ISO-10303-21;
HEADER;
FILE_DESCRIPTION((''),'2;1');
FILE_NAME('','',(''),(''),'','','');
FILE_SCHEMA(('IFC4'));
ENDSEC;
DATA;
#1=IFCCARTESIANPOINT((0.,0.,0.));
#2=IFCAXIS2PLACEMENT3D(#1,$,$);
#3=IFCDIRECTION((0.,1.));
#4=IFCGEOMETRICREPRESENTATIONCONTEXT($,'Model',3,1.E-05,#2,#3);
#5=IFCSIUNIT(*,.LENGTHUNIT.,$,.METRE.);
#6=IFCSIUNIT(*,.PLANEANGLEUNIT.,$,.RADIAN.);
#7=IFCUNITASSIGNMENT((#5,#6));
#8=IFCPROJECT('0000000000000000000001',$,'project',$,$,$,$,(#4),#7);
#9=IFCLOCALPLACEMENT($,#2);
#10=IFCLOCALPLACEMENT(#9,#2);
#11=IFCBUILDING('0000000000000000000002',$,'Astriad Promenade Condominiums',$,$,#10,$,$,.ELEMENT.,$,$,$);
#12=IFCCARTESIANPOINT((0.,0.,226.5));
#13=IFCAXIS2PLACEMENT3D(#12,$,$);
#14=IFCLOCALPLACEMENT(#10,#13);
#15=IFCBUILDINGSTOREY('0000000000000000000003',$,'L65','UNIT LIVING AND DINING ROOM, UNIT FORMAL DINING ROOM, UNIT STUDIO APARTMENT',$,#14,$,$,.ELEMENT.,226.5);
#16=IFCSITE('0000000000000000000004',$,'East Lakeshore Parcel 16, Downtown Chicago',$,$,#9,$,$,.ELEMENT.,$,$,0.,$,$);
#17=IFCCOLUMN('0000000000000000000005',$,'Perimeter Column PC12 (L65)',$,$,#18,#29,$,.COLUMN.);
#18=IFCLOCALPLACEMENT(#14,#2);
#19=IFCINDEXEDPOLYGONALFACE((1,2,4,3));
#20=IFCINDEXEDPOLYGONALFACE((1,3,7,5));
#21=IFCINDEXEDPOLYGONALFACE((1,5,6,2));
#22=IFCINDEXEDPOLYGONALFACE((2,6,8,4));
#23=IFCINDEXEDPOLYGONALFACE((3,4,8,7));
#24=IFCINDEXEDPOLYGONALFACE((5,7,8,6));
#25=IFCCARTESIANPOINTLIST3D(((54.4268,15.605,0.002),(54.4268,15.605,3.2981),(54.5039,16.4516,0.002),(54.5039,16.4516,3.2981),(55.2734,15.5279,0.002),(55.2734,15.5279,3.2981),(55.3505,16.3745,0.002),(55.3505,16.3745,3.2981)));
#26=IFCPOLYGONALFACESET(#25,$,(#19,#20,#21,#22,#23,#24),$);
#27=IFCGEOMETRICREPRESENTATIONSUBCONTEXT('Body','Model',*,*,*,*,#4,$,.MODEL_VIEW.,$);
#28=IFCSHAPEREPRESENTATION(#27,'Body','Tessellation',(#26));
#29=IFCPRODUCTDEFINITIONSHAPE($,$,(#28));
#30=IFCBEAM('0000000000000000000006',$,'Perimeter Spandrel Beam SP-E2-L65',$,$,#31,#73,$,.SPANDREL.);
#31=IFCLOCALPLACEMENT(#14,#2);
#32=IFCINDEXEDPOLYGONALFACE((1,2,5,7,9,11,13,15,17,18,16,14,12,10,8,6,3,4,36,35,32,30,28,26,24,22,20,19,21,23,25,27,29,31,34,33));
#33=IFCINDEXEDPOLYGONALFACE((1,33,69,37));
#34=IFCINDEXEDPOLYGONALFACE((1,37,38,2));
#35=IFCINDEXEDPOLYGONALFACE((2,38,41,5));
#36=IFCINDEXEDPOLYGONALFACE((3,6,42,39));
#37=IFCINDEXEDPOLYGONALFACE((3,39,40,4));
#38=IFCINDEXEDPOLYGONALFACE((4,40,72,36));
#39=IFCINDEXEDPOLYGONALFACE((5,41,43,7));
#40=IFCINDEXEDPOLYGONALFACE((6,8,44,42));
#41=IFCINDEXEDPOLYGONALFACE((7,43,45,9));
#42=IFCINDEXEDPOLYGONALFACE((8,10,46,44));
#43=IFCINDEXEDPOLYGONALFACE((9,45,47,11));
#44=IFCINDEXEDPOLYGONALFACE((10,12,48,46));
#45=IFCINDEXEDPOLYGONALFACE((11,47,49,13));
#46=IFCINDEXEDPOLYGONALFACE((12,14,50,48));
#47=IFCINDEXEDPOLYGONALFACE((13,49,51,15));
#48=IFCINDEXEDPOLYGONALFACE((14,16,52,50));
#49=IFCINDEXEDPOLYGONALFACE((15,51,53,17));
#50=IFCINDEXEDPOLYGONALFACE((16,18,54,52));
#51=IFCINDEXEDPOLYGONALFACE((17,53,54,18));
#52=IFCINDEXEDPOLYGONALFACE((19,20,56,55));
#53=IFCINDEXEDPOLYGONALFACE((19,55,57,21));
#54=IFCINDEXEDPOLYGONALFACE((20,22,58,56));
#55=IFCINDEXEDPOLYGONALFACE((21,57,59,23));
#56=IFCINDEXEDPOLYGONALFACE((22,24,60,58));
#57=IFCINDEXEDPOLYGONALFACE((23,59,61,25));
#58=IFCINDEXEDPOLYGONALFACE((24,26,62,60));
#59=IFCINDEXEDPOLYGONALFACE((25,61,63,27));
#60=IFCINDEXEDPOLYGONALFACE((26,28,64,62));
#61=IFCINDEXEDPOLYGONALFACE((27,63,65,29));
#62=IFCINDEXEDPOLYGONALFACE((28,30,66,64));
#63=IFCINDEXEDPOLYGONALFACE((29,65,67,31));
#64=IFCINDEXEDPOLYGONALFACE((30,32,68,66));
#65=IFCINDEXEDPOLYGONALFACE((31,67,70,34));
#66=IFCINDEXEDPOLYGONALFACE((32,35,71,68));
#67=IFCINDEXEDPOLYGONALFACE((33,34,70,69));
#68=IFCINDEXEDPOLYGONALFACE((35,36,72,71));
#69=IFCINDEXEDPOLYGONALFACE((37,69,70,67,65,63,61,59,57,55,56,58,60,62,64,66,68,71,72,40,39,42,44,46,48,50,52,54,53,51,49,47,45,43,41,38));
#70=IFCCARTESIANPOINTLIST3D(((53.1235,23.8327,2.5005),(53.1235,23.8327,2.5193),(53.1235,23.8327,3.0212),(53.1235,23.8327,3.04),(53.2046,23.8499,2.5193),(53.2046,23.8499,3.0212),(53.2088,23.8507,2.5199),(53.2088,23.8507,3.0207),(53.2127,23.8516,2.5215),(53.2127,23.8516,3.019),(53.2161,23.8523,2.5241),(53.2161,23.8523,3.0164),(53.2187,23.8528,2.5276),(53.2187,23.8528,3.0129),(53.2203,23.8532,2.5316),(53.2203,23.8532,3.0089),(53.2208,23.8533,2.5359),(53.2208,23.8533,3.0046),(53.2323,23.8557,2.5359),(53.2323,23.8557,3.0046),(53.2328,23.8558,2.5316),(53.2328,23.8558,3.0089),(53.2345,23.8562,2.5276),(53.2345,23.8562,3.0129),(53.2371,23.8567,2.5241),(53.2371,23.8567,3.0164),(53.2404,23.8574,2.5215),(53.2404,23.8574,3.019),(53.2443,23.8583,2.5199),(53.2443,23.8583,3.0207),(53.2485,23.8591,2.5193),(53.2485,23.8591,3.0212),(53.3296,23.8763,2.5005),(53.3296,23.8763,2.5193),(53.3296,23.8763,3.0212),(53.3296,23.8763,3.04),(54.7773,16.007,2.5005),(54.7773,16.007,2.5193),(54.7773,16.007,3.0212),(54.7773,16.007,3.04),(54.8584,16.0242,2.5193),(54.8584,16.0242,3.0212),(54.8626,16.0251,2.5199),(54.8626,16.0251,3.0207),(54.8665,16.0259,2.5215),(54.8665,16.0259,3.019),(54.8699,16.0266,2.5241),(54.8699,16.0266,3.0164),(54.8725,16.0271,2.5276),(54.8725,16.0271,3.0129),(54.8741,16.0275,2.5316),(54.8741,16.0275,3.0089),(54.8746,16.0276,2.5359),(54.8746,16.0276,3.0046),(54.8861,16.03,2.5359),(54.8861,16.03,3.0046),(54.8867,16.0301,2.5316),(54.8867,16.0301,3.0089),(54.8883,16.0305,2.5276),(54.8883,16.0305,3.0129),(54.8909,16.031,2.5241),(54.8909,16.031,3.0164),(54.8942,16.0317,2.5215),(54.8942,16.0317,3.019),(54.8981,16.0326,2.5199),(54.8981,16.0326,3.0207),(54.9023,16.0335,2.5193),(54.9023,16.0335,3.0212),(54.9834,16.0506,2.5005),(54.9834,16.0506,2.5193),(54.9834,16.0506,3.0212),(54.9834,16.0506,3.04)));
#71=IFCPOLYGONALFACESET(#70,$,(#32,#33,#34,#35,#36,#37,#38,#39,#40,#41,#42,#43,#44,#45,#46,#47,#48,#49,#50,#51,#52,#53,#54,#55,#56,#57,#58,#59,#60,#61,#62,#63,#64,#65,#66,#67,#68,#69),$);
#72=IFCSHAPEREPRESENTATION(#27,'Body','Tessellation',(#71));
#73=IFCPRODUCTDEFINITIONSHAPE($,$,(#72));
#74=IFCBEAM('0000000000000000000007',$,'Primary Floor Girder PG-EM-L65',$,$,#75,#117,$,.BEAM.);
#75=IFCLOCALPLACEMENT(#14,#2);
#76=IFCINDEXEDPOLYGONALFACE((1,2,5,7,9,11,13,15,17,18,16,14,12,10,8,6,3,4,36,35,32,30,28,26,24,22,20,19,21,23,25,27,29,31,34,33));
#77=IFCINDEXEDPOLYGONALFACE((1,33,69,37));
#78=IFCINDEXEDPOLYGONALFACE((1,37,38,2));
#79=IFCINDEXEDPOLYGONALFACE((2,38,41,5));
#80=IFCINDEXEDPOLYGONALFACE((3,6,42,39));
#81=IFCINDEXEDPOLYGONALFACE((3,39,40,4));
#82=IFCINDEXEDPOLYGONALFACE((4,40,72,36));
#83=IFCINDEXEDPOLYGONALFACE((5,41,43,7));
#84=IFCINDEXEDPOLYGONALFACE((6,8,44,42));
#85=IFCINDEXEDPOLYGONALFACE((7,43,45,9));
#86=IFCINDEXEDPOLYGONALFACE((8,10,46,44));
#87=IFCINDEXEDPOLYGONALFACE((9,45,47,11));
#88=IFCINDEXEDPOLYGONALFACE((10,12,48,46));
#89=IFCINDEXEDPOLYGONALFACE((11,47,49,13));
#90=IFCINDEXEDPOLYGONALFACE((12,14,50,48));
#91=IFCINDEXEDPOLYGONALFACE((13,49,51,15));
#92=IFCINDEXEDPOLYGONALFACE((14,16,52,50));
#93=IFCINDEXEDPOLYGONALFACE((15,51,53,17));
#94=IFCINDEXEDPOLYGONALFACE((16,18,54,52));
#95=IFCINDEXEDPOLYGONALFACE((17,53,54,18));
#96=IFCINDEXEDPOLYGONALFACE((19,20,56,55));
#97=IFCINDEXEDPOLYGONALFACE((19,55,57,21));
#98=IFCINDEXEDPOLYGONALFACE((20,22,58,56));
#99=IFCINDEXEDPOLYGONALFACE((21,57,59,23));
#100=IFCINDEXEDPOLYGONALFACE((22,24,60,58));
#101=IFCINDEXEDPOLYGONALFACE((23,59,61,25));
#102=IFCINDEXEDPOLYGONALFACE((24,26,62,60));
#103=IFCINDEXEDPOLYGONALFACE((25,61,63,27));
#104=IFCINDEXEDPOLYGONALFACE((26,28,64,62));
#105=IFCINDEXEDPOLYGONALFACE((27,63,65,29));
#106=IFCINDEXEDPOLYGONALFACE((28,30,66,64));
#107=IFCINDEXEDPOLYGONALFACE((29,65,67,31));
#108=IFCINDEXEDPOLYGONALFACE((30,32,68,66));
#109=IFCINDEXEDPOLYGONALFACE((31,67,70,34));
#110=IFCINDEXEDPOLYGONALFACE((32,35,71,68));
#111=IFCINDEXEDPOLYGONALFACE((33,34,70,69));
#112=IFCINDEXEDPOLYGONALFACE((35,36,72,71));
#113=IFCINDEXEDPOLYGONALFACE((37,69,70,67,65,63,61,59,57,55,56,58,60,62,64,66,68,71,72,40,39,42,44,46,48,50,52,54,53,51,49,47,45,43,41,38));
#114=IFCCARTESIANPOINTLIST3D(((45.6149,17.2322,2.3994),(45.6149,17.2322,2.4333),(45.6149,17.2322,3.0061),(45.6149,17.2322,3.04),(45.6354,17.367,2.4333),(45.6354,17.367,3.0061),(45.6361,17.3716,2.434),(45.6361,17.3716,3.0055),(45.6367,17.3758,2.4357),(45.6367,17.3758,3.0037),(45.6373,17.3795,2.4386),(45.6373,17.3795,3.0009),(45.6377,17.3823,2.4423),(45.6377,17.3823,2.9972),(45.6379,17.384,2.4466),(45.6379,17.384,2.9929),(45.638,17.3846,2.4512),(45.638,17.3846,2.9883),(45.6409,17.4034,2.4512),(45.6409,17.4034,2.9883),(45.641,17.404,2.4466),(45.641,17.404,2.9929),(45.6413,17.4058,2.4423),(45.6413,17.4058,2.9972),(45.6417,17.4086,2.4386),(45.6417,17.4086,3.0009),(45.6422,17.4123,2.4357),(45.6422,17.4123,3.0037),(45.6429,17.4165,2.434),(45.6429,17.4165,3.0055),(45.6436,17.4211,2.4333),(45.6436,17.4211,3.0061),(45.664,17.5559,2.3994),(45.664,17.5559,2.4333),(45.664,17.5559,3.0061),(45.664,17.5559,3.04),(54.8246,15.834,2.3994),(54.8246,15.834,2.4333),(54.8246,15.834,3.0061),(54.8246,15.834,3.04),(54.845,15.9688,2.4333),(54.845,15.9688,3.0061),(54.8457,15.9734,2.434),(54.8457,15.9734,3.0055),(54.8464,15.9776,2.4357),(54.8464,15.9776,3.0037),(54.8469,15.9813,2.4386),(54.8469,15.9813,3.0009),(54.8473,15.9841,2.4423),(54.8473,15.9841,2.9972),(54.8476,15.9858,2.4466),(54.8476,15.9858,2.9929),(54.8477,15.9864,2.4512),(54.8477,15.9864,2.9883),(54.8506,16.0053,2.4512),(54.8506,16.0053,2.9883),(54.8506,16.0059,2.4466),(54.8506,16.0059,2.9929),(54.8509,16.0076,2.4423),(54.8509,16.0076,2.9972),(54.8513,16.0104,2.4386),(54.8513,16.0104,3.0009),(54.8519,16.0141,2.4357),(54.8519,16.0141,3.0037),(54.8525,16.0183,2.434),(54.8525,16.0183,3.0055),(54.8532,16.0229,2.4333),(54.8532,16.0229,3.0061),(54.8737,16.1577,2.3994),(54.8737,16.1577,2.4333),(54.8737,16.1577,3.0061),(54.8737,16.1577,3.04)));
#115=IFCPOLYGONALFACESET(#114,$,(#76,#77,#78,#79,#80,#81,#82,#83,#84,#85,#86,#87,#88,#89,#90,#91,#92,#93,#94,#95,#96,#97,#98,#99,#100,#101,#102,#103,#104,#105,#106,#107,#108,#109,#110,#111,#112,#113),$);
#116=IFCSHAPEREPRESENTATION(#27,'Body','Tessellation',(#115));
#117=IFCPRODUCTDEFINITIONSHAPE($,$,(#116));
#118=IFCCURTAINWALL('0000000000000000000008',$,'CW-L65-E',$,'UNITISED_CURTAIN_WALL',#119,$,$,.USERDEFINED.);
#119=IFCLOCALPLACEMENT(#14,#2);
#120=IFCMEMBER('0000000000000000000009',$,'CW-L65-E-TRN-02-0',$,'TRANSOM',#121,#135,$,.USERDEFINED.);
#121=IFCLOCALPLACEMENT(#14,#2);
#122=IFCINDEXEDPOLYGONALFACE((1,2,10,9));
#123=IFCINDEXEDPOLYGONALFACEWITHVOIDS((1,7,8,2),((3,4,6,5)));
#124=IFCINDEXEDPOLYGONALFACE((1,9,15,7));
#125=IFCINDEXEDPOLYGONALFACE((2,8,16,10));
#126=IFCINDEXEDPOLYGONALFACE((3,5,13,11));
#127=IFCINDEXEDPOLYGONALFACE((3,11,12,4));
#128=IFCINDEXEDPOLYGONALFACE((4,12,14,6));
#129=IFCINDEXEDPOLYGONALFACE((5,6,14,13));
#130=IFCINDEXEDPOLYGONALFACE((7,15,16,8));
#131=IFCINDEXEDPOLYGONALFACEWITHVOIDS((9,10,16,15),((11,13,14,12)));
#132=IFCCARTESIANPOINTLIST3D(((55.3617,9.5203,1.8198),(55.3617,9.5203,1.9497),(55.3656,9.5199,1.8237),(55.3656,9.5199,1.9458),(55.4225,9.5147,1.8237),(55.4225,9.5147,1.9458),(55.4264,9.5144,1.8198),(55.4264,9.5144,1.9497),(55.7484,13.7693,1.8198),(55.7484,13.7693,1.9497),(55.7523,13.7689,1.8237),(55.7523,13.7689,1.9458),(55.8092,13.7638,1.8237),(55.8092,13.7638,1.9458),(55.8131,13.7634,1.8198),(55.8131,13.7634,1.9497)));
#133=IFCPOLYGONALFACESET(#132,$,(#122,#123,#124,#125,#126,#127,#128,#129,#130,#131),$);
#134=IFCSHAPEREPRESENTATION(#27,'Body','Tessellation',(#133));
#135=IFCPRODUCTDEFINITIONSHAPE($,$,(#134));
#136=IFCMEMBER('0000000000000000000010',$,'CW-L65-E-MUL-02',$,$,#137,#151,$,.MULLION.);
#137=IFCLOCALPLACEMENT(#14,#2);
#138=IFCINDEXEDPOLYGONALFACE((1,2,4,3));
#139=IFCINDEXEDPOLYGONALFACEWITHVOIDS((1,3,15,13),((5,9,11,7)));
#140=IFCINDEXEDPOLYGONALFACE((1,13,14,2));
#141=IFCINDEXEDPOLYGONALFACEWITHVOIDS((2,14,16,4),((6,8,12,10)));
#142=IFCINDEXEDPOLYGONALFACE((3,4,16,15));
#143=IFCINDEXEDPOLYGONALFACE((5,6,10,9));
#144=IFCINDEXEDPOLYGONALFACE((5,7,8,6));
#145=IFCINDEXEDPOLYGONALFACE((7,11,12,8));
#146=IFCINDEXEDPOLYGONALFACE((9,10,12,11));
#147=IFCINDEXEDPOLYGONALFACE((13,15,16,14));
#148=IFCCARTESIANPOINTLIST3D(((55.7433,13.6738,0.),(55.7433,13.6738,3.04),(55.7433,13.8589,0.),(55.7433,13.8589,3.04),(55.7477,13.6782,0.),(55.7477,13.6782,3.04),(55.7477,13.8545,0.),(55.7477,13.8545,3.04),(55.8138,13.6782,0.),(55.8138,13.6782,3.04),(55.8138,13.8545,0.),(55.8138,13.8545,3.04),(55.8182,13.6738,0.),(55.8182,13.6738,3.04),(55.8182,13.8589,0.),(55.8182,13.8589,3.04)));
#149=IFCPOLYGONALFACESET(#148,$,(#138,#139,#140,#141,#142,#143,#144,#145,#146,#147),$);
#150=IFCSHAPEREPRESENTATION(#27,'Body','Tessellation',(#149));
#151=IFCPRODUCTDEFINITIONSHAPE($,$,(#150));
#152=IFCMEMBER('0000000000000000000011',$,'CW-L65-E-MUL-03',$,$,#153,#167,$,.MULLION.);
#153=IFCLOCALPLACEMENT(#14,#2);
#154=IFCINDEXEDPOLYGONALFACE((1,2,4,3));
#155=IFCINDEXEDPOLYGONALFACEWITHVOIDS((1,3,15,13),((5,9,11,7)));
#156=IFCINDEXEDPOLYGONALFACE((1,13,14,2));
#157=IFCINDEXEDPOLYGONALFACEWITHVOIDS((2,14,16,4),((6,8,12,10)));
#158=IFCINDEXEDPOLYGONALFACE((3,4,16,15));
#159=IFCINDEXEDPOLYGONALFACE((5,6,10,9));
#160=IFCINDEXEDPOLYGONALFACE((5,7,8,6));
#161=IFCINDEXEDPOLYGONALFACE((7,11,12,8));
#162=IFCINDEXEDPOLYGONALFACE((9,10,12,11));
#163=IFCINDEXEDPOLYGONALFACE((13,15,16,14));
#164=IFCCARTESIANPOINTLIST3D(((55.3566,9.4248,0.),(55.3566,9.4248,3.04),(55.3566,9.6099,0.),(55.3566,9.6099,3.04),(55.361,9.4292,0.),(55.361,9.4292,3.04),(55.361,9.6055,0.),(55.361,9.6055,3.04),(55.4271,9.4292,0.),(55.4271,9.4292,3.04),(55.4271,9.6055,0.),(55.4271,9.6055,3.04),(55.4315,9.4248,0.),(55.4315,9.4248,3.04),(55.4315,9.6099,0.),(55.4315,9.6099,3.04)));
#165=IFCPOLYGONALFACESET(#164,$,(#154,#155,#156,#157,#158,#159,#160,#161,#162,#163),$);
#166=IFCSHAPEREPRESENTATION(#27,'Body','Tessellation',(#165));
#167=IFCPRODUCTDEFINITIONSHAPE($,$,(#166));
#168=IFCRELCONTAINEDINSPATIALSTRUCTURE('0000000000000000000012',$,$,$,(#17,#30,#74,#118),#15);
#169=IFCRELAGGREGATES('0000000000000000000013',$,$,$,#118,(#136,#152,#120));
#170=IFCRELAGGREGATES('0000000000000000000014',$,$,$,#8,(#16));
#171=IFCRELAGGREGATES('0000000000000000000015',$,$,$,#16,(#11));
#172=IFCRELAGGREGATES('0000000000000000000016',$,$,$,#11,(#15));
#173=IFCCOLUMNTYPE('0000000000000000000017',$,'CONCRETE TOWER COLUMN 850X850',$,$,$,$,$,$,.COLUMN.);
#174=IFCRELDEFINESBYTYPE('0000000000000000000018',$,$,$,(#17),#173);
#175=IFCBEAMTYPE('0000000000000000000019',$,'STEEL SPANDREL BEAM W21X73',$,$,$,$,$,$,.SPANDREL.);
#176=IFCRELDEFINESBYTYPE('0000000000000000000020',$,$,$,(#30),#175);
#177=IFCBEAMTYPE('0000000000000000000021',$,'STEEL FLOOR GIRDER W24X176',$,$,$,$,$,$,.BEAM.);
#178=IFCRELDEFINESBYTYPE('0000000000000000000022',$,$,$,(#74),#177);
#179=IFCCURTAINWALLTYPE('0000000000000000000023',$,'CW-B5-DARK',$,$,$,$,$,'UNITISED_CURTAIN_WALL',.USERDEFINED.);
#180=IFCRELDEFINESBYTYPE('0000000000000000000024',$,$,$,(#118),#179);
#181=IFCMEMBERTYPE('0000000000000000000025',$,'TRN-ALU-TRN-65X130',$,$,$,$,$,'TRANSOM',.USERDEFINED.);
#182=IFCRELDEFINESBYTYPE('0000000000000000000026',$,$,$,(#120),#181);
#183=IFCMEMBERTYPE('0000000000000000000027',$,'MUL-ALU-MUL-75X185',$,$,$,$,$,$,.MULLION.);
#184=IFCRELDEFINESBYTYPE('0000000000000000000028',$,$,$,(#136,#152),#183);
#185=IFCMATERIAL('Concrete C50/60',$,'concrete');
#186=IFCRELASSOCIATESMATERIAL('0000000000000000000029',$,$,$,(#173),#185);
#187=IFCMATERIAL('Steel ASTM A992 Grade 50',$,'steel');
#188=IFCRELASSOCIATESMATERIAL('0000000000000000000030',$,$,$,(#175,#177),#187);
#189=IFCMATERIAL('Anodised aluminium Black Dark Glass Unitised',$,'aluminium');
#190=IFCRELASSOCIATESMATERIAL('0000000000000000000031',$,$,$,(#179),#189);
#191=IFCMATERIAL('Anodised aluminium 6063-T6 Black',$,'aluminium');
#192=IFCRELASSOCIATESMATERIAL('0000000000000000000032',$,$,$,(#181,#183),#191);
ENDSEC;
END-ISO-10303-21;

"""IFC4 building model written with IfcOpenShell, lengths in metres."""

from ifc_helpers import new_model, si_unit, direction, frame, origin, origin_2d, place, context, subcontext, project, spatial, rectangle, hollow_rectangle, i_section, extrude, source, transform, mapped, material, material_profile, profile_set, type_object, type_shapes, element, aggregate, save


model = new_model("IFC4")

# Units and contexts
model_context = context("Model", 3, precision=1e-05, world=origin(), true_north=direction((0.0, 1.0)))
body_context = subcontext(model_context, "Body", "Model", "MODEL_VIEW")
ifc_project = project(units=[si_unit("LENGTHUNIT", "METRE"), si_unit("PLANEANGLEUNIT", "RADIAN")], contexts=[model_context])

# Site, building, storey
site_placement = place(None, origin())
site = spatial("IfcSite", under=ifc_project, at=site_placement, Name="East Lakeshore Parcel 16, Downtown Chicago", CompositionType="ELEMENT", RefElevation=0.0)
building_placement = place(site_placement, origin())
building = spatial("IfcBuilding", under=site, at=building_placement, Name="Astriad Promenade Condominiums", CompositionType="ELEMENT")
storey_placement = place(building_placement, frame((0.0, 0.0, 226.5)))
storey = spatial("IfcBuildingStorey", under=building, at=storey_placement, Name="L65", Description="UNIT LIVING AND DINING ROOM, UNIT FORMAL DINING ROOM, UNIT STUDIO APARTMENT", CompositionType="ELEMENT", Elevation=226.5)

# Column
ifc_material_1 = material(Name="Concrete C50/60", Category="concrete")
ifc_material_profile_1 = material_profile(ifc_material_1, rectangle(XDim=0.8501, YDim=0.8501, at=origin_2d()), Name="RC-COL-850X850")
ifc_profile_set_1 = profile_set([ifc_material_profile_1], Name="Concrete C50/60")
column_type = type_object("IfcColumnType", Name="CONCRETE TOWER COLUMN 850X850", PredefinedType="COLUMN", material=ifc_profile_set_1)
shared_shape_1 = source(origin(), body_context, "Body", "SweptSolid", [
    extrude(rectangle(XDim=0.8501, YDim=0.8501, at=origin_2d()), origin(), (0.0, 0.0, 1.0), 3.2961),
])
type_shapes(column_type, [shared_shape_1])
column_placement = place(storey_placement, frame((54.8887, 15.9897, 0.002), z_axis=(0.0, 0.0, 1.0), x_axis=(0.995884, -0.090633, 0.0)))
element("IfcColumn", 1, at=column_placement, inside=storey, type_object=column_type, Name="Perimeter Column PC12 (L65)", PredefinedType="COLUMN", context=body_context, shape_type="MappedRepresentation", body=[
    mapped(shared_shape_1, transform((0.0, 0.0, 0.0), scale=1.0)),
])

# Beams
ifc_material_2 = material(Name="Steel ASTM A992 Grade 50", Category="steel")
ifc_material_profile_2 = material_profile(ifc_material_2, i_section(OverallWidth=0.2107, OverallDepth=0.5396, WebThickness=0.0117, FlangeThickness=0.0188, FilletRadius=0.0166, at=origin_2d()), Name="W21X73")
ifc_profile_set_2 = profile_set([ifc_material_profile_2], Name="Steel ASTM A992 Grade 50")
beam_type_1 = type_object("IfcBeamType", Name="STEEL SPANDREL BEAM W21X73", PredefinedType="SPANDREL", material=ifc_profile_set_2)
shared_shape_2 = source(origin(), body_context, "Body", "SweptSolid", [
    extrude(i_section(OverallWidth=0.2107, OverallDepth=0.5396, WebThickness=0.0117, FlangeThickness=0.0188, FilletRadius=0.0166, at=origin_2d()), origin(), (0.0, 0.0, 1.0), 7.9985),
])
type_shapes(beam_type_1, [shared_shape_2])
beam_1_placement = place(storey_placement, frame((54.8804, 16.0288, 2.7703), z_axis=(-0.206764, 0.978391, 0.0), x_axis=(-0.978391, -0.206764, 0.0)))
element("IfcBeam", 2, at=beam_1_placement, inside=storey, type_object=beam_type_1, Name="Perimeter Spandrel Beam SP-E2-L65", PredefinedType="SPANDREL", context=body_context, shape_type="MappedRepresentation", body=[
    mapped(shared_shape_2, transform((0.0, 0.0, 0.0), scale=1.0)),
])
ifc_material_profile_3 = material_profile(ifc_material_2, i_section(OverallWidth=0.3274, OverallDepth=0.6406, WebThickness=0.019, FlangeThickness=0.0339, FilletRadius=0.0178, at=origin_2d()), Name="W24X176")
ifc_profile_set_3 = profile_set([ifc_material_profile_3], Name="Steel ASTM A992 Grade 50")
beam_type_2 = type_object("IfcBeamType", Name="STEEL FLOOR GIRDER W24X176", PredefinedType="BEAM", material=ifc_profile_set_3)
shared_shape_3 = source(origin(), body_context, "Body", "SweptSolid", [
    extrude(i_section(OverallWidth=0.3274, OverallDepth=0.6406, WebThickness=0.019, FlangeThickness=0.0339, FilletRadius=0.0178, at=origin_2d()), origin(), (0.0, 0.0, 1.0), 9.3152),
])
type_shapes(beam_type_2, [shared_shape_3])
beam_2_placement = place(storey_placement, frame((54.8491, 15.9958, 2.7197), z_axis=(-0.988671, 0.150097, 0.0), x_axis=(-0.150097, -0.988671, 0.0)))
element("IfcBeam", 3, at=beam_2_placement, inside=storey, type_object=beam_type_2, Name="Primary Floor Girder PG-EM-L65", PredefinedType="BEAM", context=body_context, shape_type="MappedRepresentation", body=[
    mapped(shared_shape_3, transform((0.0, 0.0, 0.0), scale=1.0)),
])

# Curtain wall, members
ifc_material_3 = material(Name="Anodised aluminium Black Dark Glass Unitised", Category="aluminium")
curtain_wall_type = type_object("IfcCurtainWallType", Name="CW-B5-DARK", ElementType="UNITISED_CURTAIN_WALL", PredefinedType="USERDEFINED", material=ifc_material_3)
curtain_wall_placement = place(storey_placement, origin())
curtain_wall = element("IfcCurtainWall", 4, at=curtain_wall_placement, inside=storey, type_object=curtain_wall_type, Name="CW-L65-E", ObjectType="UNITISED_CURTAIN_WALL", PredefinedType="USERDEFINED")
ifc_material_4 = material(Name="Anodised aluminium 6063-T6 Black", Category="aluminium")
ifc_material_profile_4 = material_profile(ifc_material_4, hollow_rectangle(XDim=0.0649, YDim=0.1299, WallThickness=0.0039, at=origin_2d()), Name="ALU-TRN-65X130")
ifc_profile_set_4 = profile_set([ifc_material_profile_4], Name="Anodised aluminium 6063-T6 Black")
member_type_1 = type_object("IfcMemberType", Name="TRN-ALU-TRN-65X130", ElementType="TRANSOM", PredefinedType="USERDEFINED", material=ifc_profile_set_4)
shared_shape_4 = source(origin(), body_context, "Body", "SweptSolid", [
    extrude(hollow_rectangle(XDim=0.0649, YDim=0.1299, WallThickness=0.0039, at=origin_2d()), origin(), (0.0, 0.0, 1.0), 4.2666),
])
type_shapes(member_type_1, [shared_shape_4])
member_1_placement = place(storey_placement, frame((55.7808, 13.7664, 1.8848), z_axis=(-0.090639, -0.995884, 0.0), x_axis=(0.995884, -0.090639, 0.0)))
member_1 = element("IfcMember", 5, at=member_1_placement, type_object=member_type_1, Name="CW-L65-E-TRN-02-0", ObjectType="TRANSOM", PredefinedType="USERDEFINED", context=body_context, shape_type="MappedRepresentation", body=[
    mapped(shared_shape_4, transform((0.0, 0.0, 0.0), scale=1.0)),
])
ifc_material_profile_5 = material_profile(ifc_material_4, hollow_rectangle(XDim=0.075, YDim=0.1851, WallThickness=0.0044, at=origin_2d()), Name="ALU-MUL-75X185")
ifc_profile_set_5 = profile_set([ifc_material_profile_5], Name="Anodised aluminium 6063-T6 Black")
member_type_2 = type_object("IfcMemberType", Name="MUL-ALU-MUL-75X185", PredefinedType="MULLION", material=ifc_profile_set_5)
shared_shape_5 = source(origin(), body_context, "Body", "SweptSolid", [
    extrude(hollow_rectangle(XDim=0.075, YDim=0.1851, WallThickness=0.0044, at=origin_2d()), origin(), (0.0, 0.0, 1.0), 3.04),
])
type_shapes(member_type_2, [shared_shape_5])
member_2_placement = place(storey_placement, frame((55.7808, 13.7664, 0.0), z_axis=(0.0, 0.0, 1.0), x_axis=(1.0, 0.0, 0.0)))
member_2 = element("IfcMember", 6, at=member_2_placement, type_object=member_type_2, Name="CW-L65-E-MUL-02", PredefinedType="MULLION", context=body_context, shape_type="MappedRepresentation", body=[
    mapped(shared_shape_5, transform((0.0, 0.0, 0.0), scale=1.0)),
])
member_3_placement = place(storey_placement, frame((55.394, 9.5173, 0.0), z_axis=(0.0, 0.0, 1.0), x_axis=(1.0, 0.0, 0.0)))
member_3 = element("IfcMember", 7, at=member_3_placement, type_object=member_type_2, Name="CW-L65-E-MUL-03", PredefinedType="MULLION", context=body_context, shape_type="MappedRepresentation", body=[
    mapped(shared_shape_5, transform((0.0, 0.0, 0.0), scale=1.0)),
])
aggregate(curtain_wall, [member_2, member_3, member_1])

save(model, "model.ifc")
